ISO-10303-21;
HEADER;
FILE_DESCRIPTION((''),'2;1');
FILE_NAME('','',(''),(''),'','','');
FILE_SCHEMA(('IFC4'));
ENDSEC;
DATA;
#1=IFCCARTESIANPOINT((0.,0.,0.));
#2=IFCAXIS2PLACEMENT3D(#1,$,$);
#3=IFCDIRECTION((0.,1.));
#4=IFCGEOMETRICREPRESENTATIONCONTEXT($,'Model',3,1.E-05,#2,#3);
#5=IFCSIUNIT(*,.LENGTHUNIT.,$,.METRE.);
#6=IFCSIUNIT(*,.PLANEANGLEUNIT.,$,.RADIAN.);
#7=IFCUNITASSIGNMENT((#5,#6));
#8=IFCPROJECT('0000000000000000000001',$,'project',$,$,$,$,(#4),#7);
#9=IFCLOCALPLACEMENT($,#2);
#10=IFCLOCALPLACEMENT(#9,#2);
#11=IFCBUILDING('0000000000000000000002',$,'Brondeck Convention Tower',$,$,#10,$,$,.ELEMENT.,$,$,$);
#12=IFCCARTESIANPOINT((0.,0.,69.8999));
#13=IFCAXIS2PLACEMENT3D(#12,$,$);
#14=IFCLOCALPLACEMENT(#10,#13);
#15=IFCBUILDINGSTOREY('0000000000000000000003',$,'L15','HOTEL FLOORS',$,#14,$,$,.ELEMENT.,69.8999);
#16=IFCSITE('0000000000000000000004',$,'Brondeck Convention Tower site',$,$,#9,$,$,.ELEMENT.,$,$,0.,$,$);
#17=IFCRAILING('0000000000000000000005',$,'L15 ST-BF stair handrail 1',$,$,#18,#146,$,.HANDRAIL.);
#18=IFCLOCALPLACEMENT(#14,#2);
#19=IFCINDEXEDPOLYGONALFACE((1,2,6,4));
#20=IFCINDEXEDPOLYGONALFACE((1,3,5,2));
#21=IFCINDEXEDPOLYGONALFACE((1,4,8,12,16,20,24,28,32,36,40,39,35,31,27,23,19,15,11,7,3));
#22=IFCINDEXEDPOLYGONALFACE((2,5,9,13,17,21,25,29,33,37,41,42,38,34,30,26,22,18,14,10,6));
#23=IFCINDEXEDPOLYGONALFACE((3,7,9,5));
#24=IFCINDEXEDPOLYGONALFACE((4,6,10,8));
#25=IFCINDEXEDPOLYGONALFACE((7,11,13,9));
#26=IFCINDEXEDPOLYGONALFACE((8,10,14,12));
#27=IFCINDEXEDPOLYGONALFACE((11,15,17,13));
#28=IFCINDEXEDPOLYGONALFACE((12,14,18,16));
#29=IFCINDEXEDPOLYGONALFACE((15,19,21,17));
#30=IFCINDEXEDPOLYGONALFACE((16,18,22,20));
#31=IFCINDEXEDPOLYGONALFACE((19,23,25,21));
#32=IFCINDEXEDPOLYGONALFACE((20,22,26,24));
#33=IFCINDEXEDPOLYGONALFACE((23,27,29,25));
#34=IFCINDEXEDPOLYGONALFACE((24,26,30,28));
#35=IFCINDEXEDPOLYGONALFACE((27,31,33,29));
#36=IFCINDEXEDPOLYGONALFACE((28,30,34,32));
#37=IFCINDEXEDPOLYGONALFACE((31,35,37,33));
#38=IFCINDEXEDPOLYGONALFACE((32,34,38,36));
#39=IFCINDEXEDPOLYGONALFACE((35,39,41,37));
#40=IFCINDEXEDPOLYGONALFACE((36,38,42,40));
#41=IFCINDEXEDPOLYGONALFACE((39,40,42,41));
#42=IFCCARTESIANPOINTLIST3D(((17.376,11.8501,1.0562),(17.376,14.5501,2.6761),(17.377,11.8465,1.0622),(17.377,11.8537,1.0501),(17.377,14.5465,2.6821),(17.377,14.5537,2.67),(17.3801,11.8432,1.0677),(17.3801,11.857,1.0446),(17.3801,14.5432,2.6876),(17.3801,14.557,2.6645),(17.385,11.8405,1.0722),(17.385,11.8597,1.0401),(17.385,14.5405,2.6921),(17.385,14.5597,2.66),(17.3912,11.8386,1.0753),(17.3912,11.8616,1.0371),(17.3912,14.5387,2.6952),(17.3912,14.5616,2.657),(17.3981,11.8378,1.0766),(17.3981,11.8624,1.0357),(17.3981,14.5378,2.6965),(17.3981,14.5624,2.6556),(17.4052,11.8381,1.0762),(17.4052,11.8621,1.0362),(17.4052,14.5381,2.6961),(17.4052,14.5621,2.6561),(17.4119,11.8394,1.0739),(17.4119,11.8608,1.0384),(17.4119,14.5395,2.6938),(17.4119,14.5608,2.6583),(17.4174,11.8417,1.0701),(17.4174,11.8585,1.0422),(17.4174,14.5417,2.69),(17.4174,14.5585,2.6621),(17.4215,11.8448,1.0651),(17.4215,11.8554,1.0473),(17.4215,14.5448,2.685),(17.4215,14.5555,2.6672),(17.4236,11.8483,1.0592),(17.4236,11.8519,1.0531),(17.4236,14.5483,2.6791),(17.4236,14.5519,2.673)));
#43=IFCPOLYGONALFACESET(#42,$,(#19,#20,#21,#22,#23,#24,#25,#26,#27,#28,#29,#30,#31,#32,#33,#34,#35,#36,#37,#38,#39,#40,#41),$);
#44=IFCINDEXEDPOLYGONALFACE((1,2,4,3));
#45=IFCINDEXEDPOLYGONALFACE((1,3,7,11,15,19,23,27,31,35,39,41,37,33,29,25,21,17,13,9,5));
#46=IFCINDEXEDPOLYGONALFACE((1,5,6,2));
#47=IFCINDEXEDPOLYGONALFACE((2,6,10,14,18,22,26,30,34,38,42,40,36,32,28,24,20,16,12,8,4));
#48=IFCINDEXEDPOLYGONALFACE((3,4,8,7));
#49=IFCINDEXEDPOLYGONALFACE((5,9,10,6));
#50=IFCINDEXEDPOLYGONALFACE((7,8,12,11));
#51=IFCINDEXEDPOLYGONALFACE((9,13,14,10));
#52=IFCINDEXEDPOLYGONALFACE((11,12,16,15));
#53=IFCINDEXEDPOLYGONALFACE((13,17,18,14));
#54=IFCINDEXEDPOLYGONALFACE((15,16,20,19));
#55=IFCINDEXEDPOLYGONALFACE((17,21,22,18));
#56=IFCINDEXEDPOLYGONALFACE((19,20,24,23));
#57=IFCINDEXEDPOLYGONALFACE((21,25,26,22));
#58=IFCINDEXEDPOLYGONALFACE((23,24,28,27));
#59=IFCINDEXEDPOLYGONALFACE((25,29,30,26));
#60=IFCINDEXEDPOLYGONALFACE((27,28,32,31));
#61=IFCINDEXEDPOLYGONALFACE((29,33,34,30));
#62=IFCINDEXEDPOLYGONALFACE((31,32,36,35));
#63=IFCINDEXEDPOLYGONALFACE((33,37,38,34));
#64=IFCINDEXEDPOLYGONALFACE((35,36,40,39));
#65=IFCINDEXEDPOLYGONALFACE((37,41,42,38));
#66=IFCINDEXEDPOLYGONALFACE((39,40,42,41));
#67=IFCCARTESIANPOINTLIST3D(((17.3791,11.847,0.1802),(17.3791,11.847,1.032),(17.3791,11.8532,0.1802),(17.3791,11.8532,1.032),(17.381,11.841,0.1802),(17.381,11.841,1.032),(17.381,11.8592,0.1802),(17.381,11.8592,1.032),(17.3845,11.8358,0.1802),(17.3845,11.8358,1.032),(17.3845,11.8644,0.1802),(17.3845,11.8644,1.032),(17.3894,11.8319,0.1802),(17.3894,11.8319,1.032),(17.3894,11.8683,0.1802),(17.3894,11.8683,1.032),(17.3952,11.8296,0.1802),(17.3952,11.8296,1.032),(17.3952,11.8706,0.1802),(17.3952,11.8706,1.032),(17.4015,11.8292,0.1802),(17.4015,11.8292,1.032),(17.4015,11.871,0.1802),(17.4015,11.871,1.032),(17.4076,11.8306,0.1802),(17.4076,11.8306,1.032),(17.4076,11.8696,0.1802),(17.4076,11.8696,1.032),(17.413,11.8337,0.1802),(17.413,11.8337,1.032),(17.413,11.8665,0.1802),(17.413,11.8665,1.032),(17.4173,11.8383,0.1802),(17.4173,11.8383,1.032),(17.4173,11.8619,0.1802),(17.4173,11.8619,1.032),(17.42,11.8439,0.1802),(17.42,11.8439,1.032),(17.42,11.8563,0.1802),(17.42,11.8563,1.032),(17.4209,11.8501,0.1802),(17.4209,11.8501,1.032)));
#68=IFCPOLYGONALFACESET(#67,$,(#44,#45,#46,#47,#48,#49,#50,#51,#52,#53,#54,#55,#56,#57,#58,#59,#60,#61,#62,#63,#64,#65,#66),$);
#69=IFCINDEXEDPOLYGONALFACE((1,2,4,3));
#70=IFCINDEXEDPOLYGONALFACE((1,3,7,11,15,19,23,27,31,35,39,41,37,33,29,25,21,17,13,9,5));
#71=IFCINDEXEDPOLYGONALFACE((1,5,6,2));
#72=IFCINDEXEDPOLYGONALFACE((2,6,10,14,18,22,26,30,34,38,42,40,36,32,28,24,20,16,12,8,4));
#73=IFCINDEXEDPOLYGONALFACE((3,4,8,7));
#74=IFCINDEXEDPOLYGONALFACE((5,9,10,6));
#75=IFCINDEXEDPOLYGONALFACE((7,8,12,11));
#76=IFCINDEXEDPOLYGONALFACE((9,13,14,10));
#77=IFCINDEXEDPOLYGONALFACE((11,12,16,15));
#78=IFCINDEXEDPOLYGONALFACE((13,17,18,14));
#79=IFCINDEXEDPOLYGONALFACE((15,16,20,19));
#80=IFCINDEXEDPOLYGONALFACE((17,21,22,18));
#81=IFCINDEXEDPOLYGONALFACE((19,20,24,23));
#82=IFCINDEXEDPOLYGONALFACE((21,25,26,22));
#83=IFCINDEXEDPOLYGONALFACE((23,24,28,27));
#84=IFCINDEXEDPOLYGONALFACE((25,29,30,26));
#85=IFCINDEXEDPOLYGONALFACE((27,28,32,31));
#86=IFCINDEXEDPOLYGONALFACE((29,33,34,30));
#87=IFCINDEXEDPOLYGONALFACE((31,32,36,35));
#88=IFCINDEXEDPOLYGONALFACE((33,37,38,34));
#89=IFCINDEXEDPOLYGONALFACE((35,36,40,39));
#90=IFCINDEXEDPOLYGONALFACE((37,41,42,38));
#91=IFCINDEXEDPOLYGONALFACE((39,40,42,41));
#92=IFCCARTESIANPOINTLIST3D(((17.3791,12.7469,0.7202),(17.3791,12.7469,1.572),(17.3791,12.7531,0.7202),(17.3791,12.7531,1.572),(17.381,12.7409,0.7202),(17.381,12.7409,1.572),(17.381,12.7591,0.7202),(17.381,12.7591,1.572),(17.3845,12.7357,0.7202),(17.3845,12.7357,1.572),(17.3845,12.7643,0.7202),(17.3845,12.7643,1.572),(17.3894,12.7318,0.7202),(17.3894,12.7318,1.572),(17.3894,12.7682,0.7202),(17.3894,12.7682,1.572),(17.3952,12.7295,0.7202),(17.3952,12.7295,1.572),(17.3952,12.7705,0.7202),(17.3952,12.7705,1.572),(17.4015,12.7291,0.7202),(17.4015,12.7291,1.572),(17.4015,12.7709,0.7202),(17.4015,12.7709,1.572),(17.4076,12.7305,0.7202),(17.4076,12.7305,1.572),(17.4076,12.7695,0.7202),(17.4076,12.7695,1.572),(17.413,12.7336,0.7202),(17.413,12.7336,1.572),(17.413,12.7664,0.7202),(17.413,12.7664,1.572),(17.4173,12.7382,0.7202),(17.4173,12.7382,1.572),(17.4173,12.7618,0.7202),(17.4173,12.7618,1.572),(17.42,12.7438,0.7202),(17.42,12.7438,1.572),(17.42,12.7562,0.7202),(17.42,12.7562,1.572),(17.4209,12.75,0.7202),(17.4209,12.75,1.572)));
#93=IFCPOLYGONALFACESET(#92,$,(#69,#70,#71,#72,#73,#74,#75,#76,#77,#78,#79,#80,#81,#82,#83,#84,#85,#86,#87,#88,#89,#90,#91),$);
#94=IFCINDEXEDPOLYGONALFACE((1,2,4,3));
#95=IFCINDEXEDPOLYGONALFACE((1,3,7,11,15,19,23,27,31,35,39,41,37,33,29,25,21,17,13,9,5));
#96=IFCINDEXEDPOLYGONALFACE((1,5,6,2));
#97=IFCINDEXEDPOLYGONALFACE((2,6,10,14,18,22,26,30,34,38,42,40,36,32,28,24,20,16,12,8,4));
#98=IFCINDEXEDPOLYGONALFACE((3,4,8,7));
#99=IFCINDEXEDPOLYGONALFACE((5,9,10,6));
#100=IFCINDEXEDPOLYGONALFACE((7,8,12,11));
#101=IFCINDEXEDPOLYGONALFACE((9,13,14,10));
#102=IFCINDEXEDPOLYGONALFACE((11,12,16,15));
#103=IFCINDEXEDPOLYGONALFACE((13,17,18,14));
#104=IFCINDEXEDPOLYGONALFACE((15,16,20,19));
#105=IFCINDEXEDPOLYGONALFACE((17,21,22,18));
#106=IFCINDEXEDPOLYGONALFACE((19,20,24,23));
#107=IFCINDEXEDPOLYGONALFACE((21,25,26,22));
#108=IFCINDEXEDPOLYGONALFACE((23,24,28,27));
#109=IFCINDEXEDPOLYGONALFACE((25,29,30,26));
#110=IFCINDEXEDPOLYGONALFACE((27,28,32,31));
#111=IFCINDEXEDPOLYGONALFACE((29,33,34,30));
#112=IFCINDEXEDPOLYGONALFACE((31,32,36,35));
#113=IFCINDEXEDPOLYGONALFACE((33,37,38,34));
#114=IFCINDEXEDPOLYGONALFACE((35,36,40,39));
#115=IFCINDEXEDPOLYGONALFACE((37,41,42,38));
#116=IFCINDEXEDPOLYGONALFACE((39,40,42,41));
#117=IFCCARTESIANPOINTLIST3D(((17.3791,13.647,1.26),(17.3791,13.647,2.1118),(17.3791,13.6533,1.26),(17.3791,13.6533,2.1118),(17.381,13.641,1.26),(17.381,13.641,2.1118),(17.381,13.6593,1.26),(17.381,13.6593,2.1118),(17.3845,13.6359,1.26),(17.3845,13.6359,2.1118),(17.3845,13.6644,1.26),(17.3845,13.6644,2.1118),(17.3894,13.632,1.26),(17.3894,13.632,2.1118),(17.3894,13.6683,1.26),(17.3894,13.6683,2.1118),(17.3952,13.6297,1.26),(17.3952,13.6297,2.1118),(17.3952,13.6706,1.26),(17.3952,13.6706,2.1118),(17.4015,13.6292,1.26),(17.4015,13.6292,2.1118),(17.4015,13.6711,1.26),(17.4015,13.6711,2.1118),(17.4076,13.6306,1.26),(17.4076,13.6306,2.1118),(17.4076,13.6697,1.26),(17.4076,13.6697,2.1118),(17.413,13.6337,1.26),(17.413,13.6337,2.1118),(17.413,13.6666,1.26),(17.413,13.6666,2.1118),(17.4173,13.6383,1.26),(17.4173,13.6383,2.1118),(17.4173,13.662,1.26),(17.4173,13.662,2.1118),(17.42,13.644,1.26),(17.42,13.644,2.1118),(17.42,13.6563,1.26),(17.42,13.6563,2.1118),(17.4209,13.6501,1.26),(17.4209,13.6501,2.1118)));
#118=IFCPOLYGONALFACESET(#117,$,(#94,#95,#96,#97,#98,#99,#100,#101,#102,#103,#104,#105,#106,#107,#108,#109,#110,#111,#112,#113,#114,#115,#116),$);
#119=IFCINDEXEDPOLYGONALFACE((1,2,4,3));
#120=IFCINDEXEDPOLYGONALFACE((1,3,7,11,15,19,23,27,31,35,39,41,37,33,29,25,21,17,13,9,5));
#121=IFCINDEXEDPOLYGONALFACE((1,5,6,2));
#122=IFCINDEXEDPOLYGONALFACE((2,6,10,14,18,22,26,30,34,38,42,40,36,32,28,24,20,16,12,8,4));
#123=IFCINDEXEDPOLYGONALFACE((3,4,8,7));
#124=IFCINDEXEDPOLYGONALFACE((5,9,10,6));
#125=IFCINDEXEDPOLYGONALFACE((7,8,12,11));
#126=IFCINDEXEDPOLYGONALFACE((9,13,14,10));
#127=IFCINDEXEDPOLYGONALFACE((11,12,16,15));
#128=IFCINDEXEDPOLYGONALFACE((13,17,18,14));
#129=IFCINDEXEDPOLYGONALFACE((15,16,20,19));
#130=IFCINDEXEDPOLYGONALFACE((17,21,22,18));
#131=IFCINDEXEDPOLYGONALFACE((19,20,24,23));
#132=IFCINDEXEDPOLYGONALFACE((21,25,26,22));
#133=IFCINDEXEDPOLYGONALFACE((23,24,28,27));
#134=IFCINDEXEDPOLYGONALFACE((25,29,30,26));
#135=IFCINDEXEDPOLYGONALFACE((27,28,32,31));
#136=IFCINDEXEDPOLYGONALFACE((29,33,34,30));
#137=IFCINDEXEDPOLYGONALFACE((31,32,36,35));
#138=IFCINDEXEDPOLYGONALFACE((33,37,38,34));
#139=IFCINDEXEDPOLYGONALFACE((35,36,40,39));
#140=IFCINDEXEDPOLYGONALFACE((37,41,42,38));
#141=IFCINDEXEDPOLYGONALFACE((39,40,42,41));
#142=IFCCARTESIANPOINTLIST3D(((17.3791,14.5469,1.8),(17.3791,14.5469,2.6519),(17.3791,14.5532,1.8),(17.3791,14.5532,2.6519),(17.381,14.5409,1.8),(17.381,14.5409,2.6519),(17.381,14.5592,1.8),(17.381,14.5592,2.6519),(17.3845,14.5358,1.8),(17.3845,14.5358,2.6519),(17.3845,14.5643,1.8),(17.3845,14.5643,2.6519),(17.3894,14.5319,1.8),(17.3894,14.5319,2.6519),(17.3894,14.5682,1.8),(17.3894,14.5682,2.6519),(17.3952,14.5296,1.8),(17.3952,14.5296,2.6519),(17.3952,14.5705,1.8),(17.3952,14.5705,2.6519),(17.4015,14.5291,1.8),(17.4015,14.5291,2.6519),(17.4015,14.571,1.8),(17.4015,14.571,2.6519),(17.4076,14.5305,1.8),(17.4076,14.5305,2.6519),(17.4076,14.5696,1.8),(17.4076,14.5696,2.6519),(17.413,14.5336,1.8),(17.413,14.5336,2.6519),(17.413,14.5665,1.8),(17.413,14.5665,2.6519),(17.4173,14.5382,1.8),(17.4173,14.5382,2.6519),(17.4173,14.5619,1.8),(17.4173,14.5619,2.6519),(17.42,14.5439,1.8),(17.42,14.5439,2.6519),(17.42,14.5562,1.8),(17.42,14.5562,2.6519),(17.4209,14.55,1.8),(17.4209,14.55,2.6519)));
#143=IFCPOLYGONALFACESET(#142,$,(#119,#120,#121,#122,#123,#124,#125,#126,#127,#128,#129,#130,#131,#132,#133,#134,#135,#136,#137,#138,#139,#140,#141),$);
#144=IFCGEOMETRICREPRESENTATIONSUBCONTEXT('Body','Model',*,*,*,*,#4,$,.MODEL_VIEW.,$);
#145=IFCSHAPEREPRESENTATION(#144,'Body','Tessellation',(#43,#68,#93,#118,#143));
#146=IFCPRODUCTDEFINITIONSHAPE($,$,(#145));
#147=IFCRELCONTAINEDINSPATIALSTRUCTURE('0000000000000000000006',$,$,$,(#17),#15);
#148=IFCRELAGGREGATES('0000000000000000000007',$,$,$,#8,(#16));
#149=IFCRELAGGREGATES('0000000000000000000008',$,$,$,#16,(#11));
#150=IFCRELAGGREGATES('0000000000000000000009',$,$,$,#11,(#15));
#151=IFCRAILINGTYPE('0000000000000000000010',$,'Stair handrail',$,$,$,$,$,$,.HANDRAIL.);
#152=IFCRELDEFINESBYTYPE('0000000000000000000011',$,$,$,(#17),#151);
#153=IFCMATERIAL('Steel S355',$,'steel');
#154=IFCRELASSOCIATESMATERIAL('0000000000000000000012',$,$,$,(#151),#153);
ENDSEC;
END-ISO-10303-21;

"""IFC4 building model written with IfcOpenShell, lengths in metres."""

from ifc_helpers import new_model, si_unit, direction, frame, origin, origin_2d, place, context, subcontext, project, spatial, circle, extrude, material, type_object, element, save


model = new_model("IFC4")

# Units and contexts
model_context = context("Model", 3, precision=1e-05, world=origin(), true_north=direction((0.0, 1.0)))
body_context = subcontext(model_context, "Body", "Model", "MODEL_VIEW")
ifc_project = project(units=[si_unit("LENGTHUNIT", "METRE"), si_unit("PLANEANGLEUNIT", "RADIAN")], contexts=[model_context])

# Site, building, storey
site_placement = place(None, origin())
site = spatial("IfcSite", under=ifc_project, at=site_placement, Name="Brondeck Convention Tower site", CompositionType="ELEMENT", RefElevation=0.0)
building_placement = place(site_placement, origin())
building = spatial("IfcBuilding", under=site, at=building_placement, Name="Brondeck Convention Tower", CompositionType="ELEMENT")
storey_placement = place(building_placement, frame((0.0, 0.0, 69.8999)))
storey = spatial("IfcBuildingStorey", under=building, at=storey_placement, Name="L15", Description="HOTEL FLOORS", CompositionType="ELEMENT", Elevation=69.8999)

# Shared definitions
ifc_material_1 = material(Name="Steel S355", Category="steel")

# Railing
railing_type_1 = type_object("IfcRailingType", Name="Stair handrail", PredefinedType="HANDRAIL", material=ifc_material_1)
railing_1_placement = place(storey_placement, frame((17.3999, 11.8501, 0.1802)))
element("IfcRailing", 1, at=railing_1_placement, inside=storey, type_object=railing_type_1, Name="L15 ST-BF stair handrail 1", PredefinedType="HANDRAIL", context=body_context, shape_type="SweptSolid", body=[
    extrude(circle(Radius=0.0239, at=origin_2d()), frame((0.0, 0.0, 0.876), z_axis=(0.0, 0.857507, 0.514473), x_axis=(-1.0, 0.0, 0.0)), (0.0, 0.0, 1.0), 3.1487),
    extrude(circle(Radius=0.021, at=origin_2d()), origin(), (0.0, 0.0, 1.0), 0.8518),
    extrude(circle(Radius=0.021, at=origin_2d()), frame((0.0, 0.8999, 0.54)), (0.0, 0.0, 1.0), 0.8518),
    extrude(circle(Radius=0.021, at=origin_2d()), frame((0.0, 1.8, 1.0798)), (0.0, 0.0, 1.0), 0.8518),
    extrude(circle(Radius=0.021, at=origin_2d()), frame((0.0, 2.7, 1.6199)), (0.0, 0.0, 1.0), 0.8518),
])

save(model, "model.ifc")
